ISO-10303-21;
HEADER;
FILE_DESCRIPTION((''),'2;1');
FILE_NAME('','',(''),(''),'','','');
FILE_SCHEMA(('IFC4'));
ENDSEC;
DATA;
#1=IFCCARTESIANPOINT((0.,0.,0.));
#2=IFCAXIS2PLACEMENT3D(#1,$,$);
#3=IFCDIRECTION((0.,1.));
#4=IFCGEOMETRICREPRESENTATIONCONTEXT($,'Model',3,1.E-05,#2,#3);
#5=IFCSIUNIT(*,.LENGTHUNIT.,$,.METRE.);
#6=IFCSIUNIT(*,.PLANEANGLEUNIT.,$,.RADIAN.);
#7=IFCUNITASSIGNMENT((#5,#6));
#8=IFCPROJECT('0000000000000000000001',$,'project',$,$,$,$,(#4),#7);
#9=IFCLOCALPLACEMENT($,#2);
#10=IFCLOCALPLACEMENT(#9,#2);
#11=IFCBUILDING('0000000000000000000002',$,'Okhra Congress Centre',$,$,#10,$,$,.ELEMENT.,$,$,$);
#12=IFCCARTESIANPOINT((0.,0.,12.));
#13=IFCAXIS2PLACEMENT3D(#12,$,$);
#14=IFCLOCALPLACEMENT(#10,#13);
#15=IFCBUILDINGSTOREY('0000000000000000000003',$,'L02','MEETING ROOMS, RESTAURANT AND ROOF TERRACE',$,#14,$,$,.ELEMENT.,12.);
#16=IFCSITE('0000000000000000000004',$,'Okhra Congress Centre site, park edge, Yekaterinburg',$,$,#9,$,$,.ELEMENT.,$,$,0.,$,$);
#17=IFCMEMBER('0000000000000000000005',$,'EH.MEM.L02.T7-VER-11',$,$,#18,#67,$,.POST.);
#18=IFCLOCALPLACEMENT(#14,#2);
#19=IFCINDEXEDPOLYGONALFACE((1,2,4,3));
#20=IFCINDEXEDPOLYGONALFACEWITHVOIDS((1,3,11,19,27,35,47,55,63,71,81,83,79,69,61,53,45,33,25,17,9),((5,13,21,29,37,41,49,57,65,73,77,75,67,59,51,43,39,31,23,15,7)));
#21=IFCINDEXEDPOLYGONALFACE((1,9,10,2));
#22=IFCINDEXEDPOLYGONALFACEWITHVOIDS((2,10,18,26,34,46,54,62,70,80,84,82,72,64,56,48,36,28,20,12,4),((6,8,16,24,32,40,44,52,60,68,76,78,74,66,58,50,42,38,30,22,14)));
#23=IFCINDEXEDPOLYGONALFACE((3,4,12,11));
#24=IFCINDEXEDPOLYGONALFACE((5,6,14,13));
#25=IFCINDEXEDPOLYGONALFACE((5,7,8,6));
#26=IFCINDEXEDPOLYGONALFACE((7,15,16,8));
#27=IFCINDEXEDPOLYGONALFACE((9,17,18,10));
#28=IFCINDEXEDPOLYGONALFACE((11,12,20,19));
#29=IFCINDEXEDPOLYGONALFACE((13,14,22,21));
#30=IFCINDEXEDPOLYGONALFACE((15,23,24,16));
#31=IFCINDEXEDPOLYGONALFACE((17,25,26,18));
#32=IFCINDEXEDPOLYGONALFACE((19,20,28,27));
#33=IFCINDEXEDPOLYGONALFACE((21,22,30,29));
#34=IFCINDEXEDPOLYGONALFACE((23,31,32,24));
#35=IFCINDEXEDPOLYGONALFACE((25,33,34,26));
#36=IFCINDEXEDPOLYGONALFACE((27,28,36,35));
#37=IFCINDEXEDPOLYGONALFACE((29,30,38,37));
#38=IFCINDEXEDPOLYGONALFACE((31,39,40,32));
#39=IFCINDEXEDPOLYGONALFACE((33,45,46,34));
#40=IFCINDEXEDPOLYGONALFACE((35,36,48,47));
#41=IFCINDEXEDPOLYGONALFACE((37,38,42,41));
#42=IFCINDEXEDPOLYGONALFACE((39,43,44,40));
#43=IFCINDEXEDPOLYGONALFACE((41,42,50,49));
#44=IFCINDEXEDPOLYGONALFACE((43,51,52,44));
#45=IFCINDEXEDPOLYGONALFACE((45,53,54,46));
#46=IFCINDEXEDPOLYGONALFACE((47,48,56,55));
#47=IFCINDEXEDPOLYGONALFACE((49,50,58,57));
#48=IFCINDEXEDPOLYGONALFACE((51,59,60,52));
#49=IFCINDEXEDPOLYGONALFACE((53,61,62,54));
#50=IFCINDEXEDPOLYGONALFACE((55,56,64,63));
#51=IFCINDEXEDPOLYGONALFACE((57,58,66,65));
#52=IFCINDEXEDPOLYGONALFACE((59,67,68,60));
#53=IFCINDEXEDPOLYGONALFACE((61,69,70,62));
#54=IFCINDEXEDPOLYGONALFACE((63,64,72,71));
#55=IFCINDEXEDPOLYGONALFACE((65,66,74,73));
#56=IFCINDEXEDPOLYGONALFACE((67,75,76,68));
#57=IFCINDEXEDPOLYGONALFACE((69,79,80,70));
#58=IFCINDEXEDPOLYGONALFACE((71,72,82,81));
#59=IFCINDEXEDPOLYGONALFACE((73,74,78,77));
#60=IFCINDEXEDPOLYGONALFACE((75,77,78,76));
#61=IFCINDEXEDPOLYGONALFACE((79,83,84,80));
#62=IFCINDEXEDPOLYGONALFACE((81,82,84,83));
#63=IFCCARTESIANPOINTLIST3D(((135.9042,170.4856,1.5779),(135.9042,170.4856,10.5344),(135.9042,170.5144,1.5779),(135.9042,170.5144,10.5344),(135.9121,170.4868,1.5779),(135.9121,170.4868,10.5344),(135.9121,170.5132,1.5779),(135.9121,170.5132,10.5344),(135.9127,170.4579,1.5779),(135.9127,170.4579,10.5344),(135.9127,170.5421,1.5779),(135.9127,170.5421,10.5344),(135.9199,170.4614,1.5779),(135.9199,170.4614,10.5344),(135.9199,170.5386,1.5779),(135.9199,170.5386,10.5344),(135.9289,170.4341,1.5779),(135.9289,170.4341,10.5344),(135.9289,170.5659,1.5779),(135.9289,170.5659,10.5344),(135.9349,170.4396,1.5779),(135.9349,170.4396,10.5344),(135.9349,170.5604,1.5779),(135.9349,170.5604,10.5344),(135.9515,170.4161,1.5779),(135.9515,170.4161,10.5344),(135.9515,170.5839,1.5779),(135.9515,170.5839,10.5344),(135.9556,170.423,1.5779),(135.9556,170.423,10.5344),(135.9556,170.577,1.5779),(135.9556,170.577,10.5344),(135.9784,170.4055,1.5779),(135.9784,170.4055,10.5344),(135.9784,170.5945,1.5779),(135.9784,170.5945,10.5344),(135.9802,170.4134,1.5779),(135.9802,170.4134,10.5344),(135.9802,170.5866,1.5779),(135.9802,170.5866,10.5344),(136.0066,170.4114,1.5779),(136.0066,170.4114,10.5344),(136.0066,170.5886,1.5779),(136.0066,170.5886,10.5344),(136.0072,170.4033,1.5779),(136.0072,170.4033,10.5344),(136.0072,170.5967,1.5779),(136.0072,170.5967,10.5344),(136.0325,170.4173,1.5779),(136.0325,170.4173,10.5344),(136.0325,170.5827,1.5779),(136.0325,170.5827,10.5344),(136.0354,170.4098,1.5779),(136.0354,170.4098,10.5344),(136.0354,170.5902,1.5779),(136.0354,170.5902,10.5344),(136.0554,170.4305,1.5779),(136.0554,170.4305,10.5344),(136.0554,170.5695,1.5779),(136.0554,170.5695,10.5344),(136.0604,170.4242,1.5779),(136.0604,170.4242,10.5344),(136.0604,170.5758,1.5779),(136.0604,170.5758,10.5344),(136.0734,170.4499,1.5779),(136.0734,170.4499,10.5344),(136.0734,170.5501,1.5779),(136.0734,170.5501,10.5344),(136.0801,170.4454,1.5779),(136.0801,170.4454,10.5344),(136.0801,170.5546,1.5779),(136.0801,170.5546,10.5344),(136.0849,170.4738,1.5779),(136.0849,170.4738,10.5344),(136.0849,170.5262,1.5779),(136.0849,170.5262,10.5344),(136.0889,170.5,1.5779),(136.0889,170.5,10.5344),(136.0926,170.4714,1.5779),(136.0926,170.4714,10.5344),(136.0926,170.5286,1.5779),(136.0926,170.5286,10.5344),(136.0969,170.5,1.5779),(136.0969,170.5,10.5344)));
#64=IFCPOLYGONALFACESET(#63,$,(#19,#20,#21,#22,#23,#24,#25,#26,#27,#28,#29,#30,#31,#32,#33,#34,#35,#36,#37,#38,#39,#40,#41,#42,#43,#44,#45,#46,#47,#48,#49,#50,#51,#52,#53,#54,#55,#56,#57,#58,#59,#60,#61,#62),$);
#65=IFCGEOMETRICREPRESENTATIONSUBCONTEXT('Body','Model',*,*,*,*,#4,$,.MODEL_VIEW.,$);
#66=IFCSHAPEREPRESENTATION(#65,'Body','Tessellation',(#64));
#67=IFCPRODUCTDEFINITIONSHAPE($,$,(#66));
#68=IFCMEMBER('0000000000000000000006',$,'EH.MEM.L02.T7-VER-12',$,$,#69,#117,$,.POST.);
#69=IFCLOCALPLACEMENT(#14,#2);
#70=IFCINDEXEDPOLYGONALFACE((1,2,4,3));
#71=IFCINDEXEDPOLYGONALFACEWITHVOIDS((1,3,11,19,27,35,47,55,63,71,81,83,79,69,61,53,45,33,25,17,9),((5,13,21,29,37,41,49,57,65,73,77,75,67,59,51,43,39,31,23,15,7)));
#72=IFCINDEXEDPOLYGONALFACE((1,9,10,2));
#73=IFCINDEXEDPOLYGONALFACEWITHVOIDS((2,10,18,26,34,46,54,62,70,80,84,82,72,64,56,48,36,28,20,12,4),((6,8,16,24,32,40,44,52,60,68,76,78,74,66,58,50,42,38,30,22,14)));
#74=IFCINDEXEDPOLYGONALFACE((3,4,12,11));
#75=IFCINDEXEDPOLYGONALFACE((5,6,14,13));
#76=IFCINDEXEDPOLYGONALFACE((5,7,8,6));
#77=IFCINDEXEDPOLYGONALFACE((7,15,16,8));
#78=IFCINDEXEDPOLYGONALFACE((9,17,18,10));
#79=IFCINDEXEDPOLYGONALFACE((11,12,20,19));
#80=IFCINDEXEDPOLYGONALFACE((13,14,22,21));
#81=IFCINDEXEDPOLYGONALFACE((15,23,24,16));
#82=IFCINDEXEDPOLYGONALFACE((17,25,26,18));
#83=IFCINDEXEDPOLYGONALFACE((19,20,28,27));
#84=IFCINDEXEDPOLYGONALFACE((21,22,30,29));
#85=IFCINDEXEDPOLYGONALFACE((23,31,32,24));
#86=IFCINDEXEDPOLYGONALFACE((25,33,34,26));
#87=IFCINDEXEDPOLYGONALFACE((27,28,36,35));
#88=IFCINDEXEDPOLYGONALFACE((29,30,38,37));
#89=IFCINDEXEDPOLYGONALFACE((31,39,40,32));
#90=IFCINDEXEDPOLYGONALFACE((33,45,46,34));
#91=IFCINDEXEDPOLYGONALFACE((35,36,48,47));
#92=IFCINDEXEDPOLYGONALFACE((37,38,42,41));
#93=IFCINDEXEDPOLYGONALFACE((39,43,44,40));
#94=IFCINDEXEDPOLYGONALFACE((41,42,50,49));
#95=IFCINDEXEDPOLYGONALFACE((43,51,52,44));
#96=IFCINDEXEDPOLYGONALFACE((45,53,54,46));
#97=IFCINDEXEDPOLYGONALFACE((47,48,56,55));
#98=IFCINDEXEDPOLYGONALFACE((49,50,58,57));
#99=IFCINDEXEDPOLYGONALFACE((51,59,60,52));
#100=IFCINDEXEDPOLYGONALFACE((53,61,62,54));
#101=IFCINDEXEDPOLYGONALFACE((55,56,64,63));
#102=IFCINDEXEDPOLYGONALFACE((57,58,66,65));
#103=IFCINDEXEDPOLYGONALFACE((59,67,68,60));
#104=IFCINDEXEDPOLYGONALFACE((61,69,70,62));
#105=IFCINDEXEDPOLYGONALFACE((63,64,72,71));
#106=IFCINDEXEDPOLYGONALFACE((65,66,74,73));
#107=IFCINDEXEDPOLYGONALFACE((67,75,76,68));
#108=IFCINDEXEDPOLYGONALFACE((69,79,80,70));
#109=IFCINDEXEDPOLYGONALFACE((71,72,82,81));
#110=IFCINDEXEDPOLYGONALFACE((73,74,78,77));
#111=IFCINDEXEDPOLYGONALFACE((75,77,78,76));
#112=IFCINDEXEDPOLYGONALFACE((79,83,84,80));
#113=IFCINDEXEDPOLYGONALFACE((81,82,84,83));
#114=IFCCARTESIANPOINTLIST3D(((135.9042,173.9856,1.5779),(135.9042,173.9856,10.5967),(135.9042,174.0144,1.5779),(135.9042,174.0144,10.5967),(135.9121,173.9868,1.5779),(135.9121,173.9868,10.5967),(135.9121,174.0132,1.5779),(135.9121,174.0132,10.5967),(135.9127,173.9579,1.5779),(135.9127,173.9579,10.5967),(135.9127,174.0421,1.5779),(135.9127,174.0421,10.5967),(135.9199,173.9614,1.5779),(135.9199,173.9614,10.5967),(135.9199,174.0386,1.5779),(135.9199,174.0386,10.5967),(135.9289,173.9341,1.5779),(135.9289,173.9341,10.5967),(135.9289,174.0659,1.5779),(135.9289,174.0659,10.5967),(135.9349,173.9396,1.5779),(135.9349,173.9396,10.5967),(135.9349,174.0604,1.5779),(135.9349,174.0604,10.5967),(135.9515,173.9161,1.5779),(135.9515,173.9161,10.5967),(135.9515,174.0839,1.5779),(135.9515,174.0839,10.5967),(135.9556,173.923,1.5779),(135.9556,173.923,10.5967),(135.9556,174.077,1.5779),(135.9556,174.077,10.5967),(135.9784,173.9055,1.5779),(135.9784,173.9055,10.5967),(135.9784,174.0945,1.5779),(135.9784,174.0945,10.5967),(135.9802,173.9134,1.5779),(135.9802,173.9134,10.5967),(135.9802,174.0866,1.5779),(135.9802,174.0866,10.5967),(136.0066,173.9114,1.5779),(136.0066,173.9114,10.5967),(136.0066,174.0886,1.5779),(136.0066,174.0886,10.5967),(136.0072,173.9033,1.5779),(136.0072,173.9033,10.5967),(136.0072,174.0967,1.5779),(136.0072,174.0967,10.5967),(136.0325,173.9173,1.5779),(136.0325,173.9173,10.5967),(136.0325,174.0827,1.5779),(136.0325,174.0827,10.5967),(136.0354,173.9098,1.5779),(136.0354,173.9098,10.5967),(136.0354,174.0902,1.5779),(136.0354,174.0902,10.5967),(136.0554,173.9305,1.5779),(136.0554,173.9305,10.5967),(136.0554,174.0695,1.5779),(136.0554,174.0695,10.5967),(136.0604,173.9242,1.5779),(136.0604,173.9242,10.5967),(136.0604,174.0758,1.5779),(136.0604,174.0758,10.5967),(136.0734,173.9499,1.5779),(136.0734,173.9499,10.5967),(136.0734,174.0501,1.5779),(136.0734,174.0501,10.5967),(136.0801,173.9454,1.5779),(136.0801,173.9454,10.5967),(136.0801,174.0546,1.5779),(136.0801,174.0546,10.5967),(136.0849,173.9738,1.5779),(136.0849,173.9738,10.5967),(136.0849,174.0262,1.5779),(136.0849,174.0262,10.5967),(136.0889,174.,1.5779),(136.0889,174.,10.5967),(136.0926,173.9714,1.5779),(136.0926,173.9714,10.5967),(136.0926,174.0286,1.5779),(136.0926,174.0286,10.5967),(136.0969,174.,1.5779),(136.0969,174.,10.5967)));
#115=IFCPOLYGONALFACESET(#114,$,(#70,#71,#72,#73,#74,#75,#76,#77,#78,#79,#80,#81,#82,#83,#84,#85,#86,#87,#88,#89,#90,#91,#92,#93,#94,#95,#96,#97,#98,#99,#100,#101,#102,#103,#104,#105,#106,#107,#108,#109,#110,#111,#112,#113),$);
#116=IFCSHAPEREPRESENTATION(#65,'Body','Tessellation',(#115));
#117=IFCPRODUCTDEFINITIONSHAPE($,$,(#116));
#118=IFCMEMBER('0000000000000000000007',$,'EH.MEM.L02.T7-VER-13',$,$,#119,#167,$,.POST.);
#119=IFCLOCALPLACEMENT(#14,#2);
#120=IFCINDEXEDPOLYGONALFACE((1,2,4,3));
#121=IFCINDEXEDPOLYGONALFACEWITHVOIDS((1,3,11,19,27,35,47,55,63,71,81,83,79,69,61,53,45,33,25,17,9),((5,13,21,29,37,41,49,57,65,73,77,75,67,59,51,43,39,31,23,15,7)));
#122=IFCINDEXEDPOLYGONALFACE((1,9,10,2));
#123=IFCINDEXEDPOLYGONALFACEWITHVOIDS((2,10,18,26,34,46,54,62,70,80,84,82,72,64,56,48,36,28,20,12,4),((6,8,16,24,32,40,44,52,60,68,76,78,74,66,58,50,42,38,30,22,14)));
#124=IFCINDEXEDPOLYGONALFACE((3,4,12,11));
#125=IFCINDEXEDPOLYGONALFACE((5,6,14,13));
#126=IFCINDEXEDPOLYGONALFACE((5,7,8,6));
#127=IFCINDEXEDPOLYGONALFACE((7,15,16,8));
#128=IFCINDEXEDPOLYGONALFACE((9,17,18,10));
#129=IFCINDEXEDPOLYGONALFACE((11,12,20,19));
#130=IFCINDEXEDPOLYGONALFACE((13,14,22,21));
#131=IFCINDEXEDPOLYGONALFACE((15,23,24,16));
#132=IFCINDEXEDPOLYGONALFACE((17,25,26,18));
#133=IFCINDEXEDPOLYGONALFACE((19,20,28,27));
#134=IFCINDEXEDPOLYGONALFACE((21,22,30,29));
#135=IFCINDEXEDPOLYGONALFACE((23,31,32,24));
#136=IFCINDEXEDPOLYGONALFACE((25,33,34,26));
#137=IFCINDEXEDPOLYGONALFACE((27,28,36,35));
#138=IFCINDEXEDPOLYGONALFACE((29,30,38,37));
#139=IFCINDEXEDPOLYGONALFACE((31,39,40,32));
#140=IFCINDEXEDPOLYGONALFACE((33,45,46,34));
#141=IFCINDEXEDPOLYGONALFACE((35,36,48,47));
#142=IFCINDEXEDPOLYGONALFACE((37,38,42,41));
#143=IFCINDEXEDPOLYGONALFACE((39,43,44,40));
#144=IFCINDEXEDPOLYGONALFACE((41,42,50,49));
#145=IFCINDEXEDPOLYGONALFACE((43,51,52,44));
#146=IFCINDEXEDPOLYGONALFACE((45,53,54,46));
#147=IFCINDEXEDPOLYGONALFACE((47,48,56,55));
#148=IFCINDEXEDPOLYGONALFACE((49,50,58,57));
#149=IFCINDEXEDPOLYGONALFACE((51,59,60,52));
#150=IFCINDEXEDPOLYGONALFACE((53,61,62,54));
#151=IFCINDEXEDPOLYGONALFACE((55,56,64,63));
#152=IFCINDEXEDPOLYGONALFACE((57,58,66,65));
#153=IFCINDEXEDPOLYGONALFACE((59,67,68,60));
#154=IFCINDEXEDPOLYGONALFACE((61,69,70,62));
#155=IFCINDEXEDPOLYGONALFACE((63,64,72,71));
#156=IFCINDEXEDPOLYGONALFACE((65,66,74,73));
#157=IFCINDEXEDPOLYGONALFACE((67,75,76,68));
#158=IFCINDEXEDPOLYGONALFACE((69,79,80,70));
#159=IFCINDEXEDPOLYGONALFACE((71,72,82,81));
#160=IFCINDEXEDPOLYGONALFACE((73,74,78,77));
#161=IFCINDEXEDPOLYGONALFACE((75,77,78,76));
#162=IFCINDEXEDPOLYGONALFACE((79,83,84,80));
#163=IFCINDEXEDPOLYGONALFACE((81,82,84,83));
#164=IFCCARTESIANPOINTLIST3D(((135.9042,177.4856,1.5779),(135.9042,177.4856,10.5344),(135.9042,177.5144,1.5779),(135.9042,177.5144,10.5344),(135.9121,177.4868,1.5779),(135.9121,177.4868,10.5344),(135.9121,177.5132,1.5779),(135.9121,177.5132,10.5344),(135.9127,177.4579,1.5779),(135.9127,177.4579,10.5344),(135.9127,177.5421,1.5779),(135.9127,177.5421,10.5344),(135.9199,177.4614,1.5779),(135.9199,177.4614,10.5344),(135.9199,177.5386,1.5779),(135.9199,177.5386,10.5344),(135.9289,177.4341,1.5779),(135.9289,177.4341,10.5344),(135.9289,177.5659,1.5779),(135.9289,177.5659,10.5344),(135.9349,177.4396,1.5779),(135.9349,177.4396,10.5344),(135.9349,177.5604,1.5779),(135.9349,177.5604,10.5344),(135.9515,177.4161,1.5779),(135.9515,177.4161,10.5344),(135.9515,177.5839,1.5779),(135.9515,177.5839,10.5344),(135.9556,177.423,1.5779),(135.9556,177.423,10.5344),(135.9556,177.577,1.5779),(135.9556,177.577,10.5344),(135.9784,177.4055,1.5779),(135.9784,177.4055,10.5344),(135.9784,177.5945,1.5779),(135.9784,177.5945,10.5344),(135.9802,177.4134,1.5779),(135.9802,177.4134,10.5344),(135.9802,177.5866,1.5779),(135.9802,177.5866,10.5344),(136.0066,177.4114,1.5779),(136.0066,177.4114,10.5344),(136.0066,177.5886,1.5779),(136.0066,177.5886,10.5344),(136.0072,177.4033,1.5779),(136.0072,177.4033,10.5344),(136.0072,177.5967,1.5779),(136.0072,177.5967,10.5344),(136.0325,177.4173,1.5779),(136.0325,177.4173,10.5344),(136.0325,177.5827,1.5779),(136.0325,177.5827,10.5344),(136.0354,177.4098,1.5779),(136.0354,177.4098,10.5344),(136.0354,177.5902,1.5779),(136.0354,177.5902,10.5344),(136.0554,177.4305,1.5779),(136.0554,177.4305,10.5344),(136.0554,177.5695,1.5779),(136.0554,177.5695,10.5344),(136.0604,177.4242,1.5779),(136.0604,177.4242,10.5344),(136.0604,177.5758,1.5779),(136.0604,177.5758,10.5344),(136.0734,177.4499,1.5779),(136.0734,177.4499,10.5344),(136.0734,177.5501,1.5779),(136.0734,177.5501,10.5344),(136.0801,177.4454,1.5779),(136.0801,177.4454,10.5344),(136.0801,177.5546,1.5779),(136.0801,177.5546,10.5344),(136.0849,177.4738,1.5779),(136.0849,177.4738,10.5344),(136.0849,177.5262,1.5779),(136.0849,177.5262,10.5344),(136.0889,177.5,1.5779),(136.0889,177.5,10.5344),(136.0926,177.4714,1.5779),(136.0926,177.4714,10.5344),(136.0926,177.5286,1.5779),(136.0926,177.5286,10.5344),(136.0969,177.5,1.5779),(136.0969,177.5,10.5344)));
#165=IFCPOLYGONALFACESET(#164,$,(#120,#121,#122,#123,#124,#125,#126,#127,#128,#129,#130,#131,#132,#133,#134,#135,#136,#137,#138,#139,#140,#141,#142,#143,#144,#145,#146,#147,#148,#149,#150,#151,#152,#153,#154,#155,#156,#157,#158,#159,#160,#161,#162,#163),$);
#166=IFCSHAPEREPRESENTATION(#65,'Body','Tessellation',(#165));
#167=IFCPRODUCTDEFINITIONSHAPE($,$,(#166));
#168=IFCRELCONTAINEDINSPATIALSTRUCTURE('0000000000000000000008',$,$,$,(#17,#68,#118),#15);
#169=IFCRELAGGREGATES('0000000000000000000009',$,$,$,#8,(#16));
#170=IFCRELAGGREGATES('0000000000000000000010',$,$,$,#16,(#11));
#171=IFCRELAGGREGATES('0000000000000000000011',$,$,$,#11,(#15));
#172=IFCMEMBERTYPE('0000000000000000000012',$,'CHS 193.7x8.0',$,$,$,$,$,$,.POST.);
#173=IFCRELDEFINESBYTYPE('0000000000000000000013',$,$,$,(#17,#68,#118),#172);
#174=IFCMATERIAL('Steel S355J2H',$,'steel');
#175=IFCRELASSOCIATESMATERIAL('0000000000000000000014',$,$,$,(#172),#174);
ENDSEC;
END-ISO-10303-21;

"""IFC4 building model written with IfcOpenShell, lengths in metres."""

from ifc_helpers import new_model, si_unit, direction, frame, origin, origin_2d, place, context, subcontext, project, spatial, hollow_circle, extrude, material, material_profile, profile_set, type_object, element, save


model = new_model("IFC4")

# Units and contexts
model_context = context("Model", 3, precision=1e-05, world=origin(), true_north=direction((0.0, 1.0)))
body_context = subcontext(model_context, "Body", "Model", "MODEL_VIEW")
ifc_project = project(units=[si_unit("LENGTHUNIT", "METRE"), si_unit("PLANEANGLEUNIT", "RADIAN")], contexts=[model_context])

# Site, building, storey
site_placement = place(None, origin())
site = spatial("IfcSite", under=ifc_project, at=site_placement, Name="Okhra Congress Centre site, park edge, Yekaterinburg", CompositionType="ELEMENT", RefElevation=0.0)
building_placement = place(site_placement, origin())
building = spatial("IfcBuilding", under=site, at=building_placement, Name="Okhra Congress Centre", CompositionType="ELEMENT")
storey_placement = place(building_placement, frame((0.0, 0.0, 12.0)))
storey = spatial("IfcBuildingStorey", under=building, at=storey_placement, Name="L02", Description="MEETING ROOMS, RESTAURANT AND ROOF TERRACE", CompositionType="ELEMENT", Elevation=12.0)

# Members
ifc_material_1 = material(Name="Steel S355J2H", Category="steel")
ifc_material_profile_1 = material_profile(ifc_material_1, hollow_circle(Radius=0.0969, WallThickness=0.0081, at=origin_2d()), Name="CHS 193.7x8.0")
ifc_profile_set_1 = profile_set([ifc_material_profile_1], Name="Steel S355J2H")
member_type_1 = type_object("IfcMemberType", Name="CHS 193.7x8.0", PredefinedType="POST", material=ifc_profile_set_1)
member_1_placement = place(storey_placement, frame((136.0, 170.5, 1.5779), z_axis=(0.0, 0.0, 1.0), x_axis=(1.0, 0.0, 0.0)))
element("IfcMember", 1, at=member_1_placement, inside=storey, type_object=member_type_1, Name="EH.MEM.L02.T7-VER-11", PredefinedType="POST", context=body_context, shape_type="SweptSolid", body=[
    extrude(hollow_circle(Radius=0.0969, WallThickness=0.0081, at=origin_2d()), origin(), (0.0, 0.0, 1.0), 8.9565),
])
member_2_placement = place(storey_placement, frame((136.0, 174.0, 1.5779), z_axis=(0.0, 0.0, 1.0), x_axis=(1.0, 0.0, 0.0)))
element("IfcMember", 2, at=member_2_placement, inside=storey, type_object=member_type_1, Name="EH.MEM.L02.T7-VER-12", PredefinedType="POST", context=body_context, shape_type="SweptSolid", body=[
    extrude(hollow_circle(Radius=0.0969, WallThickness=0.0081, at=origin_2d()), origin(), (0.0, 0.0, 1.0), 9.0188),
])
member_3_placement = place(storey_placement, frame((136.0, 177.5, 1.5779), z_axis=(0.0, 0.0, 1.0), x_axis=(1.0, 0.0, 0.0)))
element("IfcMember", 3, at=member_3_placement, inside=storey, type_object=member_type_1, Name="EH.MEM.L02.T7-VER-13", PredefinedType="POST", context=body_context, shape_type="SweptSolid", body=[
    extrude(hollow_circle(Radius=0.0969, WallThickness=0.0081, at=origin_2d()), origin(), (0.0, 0.0, 1.0), 8.9565),
])

save(model, "model.ifc")
